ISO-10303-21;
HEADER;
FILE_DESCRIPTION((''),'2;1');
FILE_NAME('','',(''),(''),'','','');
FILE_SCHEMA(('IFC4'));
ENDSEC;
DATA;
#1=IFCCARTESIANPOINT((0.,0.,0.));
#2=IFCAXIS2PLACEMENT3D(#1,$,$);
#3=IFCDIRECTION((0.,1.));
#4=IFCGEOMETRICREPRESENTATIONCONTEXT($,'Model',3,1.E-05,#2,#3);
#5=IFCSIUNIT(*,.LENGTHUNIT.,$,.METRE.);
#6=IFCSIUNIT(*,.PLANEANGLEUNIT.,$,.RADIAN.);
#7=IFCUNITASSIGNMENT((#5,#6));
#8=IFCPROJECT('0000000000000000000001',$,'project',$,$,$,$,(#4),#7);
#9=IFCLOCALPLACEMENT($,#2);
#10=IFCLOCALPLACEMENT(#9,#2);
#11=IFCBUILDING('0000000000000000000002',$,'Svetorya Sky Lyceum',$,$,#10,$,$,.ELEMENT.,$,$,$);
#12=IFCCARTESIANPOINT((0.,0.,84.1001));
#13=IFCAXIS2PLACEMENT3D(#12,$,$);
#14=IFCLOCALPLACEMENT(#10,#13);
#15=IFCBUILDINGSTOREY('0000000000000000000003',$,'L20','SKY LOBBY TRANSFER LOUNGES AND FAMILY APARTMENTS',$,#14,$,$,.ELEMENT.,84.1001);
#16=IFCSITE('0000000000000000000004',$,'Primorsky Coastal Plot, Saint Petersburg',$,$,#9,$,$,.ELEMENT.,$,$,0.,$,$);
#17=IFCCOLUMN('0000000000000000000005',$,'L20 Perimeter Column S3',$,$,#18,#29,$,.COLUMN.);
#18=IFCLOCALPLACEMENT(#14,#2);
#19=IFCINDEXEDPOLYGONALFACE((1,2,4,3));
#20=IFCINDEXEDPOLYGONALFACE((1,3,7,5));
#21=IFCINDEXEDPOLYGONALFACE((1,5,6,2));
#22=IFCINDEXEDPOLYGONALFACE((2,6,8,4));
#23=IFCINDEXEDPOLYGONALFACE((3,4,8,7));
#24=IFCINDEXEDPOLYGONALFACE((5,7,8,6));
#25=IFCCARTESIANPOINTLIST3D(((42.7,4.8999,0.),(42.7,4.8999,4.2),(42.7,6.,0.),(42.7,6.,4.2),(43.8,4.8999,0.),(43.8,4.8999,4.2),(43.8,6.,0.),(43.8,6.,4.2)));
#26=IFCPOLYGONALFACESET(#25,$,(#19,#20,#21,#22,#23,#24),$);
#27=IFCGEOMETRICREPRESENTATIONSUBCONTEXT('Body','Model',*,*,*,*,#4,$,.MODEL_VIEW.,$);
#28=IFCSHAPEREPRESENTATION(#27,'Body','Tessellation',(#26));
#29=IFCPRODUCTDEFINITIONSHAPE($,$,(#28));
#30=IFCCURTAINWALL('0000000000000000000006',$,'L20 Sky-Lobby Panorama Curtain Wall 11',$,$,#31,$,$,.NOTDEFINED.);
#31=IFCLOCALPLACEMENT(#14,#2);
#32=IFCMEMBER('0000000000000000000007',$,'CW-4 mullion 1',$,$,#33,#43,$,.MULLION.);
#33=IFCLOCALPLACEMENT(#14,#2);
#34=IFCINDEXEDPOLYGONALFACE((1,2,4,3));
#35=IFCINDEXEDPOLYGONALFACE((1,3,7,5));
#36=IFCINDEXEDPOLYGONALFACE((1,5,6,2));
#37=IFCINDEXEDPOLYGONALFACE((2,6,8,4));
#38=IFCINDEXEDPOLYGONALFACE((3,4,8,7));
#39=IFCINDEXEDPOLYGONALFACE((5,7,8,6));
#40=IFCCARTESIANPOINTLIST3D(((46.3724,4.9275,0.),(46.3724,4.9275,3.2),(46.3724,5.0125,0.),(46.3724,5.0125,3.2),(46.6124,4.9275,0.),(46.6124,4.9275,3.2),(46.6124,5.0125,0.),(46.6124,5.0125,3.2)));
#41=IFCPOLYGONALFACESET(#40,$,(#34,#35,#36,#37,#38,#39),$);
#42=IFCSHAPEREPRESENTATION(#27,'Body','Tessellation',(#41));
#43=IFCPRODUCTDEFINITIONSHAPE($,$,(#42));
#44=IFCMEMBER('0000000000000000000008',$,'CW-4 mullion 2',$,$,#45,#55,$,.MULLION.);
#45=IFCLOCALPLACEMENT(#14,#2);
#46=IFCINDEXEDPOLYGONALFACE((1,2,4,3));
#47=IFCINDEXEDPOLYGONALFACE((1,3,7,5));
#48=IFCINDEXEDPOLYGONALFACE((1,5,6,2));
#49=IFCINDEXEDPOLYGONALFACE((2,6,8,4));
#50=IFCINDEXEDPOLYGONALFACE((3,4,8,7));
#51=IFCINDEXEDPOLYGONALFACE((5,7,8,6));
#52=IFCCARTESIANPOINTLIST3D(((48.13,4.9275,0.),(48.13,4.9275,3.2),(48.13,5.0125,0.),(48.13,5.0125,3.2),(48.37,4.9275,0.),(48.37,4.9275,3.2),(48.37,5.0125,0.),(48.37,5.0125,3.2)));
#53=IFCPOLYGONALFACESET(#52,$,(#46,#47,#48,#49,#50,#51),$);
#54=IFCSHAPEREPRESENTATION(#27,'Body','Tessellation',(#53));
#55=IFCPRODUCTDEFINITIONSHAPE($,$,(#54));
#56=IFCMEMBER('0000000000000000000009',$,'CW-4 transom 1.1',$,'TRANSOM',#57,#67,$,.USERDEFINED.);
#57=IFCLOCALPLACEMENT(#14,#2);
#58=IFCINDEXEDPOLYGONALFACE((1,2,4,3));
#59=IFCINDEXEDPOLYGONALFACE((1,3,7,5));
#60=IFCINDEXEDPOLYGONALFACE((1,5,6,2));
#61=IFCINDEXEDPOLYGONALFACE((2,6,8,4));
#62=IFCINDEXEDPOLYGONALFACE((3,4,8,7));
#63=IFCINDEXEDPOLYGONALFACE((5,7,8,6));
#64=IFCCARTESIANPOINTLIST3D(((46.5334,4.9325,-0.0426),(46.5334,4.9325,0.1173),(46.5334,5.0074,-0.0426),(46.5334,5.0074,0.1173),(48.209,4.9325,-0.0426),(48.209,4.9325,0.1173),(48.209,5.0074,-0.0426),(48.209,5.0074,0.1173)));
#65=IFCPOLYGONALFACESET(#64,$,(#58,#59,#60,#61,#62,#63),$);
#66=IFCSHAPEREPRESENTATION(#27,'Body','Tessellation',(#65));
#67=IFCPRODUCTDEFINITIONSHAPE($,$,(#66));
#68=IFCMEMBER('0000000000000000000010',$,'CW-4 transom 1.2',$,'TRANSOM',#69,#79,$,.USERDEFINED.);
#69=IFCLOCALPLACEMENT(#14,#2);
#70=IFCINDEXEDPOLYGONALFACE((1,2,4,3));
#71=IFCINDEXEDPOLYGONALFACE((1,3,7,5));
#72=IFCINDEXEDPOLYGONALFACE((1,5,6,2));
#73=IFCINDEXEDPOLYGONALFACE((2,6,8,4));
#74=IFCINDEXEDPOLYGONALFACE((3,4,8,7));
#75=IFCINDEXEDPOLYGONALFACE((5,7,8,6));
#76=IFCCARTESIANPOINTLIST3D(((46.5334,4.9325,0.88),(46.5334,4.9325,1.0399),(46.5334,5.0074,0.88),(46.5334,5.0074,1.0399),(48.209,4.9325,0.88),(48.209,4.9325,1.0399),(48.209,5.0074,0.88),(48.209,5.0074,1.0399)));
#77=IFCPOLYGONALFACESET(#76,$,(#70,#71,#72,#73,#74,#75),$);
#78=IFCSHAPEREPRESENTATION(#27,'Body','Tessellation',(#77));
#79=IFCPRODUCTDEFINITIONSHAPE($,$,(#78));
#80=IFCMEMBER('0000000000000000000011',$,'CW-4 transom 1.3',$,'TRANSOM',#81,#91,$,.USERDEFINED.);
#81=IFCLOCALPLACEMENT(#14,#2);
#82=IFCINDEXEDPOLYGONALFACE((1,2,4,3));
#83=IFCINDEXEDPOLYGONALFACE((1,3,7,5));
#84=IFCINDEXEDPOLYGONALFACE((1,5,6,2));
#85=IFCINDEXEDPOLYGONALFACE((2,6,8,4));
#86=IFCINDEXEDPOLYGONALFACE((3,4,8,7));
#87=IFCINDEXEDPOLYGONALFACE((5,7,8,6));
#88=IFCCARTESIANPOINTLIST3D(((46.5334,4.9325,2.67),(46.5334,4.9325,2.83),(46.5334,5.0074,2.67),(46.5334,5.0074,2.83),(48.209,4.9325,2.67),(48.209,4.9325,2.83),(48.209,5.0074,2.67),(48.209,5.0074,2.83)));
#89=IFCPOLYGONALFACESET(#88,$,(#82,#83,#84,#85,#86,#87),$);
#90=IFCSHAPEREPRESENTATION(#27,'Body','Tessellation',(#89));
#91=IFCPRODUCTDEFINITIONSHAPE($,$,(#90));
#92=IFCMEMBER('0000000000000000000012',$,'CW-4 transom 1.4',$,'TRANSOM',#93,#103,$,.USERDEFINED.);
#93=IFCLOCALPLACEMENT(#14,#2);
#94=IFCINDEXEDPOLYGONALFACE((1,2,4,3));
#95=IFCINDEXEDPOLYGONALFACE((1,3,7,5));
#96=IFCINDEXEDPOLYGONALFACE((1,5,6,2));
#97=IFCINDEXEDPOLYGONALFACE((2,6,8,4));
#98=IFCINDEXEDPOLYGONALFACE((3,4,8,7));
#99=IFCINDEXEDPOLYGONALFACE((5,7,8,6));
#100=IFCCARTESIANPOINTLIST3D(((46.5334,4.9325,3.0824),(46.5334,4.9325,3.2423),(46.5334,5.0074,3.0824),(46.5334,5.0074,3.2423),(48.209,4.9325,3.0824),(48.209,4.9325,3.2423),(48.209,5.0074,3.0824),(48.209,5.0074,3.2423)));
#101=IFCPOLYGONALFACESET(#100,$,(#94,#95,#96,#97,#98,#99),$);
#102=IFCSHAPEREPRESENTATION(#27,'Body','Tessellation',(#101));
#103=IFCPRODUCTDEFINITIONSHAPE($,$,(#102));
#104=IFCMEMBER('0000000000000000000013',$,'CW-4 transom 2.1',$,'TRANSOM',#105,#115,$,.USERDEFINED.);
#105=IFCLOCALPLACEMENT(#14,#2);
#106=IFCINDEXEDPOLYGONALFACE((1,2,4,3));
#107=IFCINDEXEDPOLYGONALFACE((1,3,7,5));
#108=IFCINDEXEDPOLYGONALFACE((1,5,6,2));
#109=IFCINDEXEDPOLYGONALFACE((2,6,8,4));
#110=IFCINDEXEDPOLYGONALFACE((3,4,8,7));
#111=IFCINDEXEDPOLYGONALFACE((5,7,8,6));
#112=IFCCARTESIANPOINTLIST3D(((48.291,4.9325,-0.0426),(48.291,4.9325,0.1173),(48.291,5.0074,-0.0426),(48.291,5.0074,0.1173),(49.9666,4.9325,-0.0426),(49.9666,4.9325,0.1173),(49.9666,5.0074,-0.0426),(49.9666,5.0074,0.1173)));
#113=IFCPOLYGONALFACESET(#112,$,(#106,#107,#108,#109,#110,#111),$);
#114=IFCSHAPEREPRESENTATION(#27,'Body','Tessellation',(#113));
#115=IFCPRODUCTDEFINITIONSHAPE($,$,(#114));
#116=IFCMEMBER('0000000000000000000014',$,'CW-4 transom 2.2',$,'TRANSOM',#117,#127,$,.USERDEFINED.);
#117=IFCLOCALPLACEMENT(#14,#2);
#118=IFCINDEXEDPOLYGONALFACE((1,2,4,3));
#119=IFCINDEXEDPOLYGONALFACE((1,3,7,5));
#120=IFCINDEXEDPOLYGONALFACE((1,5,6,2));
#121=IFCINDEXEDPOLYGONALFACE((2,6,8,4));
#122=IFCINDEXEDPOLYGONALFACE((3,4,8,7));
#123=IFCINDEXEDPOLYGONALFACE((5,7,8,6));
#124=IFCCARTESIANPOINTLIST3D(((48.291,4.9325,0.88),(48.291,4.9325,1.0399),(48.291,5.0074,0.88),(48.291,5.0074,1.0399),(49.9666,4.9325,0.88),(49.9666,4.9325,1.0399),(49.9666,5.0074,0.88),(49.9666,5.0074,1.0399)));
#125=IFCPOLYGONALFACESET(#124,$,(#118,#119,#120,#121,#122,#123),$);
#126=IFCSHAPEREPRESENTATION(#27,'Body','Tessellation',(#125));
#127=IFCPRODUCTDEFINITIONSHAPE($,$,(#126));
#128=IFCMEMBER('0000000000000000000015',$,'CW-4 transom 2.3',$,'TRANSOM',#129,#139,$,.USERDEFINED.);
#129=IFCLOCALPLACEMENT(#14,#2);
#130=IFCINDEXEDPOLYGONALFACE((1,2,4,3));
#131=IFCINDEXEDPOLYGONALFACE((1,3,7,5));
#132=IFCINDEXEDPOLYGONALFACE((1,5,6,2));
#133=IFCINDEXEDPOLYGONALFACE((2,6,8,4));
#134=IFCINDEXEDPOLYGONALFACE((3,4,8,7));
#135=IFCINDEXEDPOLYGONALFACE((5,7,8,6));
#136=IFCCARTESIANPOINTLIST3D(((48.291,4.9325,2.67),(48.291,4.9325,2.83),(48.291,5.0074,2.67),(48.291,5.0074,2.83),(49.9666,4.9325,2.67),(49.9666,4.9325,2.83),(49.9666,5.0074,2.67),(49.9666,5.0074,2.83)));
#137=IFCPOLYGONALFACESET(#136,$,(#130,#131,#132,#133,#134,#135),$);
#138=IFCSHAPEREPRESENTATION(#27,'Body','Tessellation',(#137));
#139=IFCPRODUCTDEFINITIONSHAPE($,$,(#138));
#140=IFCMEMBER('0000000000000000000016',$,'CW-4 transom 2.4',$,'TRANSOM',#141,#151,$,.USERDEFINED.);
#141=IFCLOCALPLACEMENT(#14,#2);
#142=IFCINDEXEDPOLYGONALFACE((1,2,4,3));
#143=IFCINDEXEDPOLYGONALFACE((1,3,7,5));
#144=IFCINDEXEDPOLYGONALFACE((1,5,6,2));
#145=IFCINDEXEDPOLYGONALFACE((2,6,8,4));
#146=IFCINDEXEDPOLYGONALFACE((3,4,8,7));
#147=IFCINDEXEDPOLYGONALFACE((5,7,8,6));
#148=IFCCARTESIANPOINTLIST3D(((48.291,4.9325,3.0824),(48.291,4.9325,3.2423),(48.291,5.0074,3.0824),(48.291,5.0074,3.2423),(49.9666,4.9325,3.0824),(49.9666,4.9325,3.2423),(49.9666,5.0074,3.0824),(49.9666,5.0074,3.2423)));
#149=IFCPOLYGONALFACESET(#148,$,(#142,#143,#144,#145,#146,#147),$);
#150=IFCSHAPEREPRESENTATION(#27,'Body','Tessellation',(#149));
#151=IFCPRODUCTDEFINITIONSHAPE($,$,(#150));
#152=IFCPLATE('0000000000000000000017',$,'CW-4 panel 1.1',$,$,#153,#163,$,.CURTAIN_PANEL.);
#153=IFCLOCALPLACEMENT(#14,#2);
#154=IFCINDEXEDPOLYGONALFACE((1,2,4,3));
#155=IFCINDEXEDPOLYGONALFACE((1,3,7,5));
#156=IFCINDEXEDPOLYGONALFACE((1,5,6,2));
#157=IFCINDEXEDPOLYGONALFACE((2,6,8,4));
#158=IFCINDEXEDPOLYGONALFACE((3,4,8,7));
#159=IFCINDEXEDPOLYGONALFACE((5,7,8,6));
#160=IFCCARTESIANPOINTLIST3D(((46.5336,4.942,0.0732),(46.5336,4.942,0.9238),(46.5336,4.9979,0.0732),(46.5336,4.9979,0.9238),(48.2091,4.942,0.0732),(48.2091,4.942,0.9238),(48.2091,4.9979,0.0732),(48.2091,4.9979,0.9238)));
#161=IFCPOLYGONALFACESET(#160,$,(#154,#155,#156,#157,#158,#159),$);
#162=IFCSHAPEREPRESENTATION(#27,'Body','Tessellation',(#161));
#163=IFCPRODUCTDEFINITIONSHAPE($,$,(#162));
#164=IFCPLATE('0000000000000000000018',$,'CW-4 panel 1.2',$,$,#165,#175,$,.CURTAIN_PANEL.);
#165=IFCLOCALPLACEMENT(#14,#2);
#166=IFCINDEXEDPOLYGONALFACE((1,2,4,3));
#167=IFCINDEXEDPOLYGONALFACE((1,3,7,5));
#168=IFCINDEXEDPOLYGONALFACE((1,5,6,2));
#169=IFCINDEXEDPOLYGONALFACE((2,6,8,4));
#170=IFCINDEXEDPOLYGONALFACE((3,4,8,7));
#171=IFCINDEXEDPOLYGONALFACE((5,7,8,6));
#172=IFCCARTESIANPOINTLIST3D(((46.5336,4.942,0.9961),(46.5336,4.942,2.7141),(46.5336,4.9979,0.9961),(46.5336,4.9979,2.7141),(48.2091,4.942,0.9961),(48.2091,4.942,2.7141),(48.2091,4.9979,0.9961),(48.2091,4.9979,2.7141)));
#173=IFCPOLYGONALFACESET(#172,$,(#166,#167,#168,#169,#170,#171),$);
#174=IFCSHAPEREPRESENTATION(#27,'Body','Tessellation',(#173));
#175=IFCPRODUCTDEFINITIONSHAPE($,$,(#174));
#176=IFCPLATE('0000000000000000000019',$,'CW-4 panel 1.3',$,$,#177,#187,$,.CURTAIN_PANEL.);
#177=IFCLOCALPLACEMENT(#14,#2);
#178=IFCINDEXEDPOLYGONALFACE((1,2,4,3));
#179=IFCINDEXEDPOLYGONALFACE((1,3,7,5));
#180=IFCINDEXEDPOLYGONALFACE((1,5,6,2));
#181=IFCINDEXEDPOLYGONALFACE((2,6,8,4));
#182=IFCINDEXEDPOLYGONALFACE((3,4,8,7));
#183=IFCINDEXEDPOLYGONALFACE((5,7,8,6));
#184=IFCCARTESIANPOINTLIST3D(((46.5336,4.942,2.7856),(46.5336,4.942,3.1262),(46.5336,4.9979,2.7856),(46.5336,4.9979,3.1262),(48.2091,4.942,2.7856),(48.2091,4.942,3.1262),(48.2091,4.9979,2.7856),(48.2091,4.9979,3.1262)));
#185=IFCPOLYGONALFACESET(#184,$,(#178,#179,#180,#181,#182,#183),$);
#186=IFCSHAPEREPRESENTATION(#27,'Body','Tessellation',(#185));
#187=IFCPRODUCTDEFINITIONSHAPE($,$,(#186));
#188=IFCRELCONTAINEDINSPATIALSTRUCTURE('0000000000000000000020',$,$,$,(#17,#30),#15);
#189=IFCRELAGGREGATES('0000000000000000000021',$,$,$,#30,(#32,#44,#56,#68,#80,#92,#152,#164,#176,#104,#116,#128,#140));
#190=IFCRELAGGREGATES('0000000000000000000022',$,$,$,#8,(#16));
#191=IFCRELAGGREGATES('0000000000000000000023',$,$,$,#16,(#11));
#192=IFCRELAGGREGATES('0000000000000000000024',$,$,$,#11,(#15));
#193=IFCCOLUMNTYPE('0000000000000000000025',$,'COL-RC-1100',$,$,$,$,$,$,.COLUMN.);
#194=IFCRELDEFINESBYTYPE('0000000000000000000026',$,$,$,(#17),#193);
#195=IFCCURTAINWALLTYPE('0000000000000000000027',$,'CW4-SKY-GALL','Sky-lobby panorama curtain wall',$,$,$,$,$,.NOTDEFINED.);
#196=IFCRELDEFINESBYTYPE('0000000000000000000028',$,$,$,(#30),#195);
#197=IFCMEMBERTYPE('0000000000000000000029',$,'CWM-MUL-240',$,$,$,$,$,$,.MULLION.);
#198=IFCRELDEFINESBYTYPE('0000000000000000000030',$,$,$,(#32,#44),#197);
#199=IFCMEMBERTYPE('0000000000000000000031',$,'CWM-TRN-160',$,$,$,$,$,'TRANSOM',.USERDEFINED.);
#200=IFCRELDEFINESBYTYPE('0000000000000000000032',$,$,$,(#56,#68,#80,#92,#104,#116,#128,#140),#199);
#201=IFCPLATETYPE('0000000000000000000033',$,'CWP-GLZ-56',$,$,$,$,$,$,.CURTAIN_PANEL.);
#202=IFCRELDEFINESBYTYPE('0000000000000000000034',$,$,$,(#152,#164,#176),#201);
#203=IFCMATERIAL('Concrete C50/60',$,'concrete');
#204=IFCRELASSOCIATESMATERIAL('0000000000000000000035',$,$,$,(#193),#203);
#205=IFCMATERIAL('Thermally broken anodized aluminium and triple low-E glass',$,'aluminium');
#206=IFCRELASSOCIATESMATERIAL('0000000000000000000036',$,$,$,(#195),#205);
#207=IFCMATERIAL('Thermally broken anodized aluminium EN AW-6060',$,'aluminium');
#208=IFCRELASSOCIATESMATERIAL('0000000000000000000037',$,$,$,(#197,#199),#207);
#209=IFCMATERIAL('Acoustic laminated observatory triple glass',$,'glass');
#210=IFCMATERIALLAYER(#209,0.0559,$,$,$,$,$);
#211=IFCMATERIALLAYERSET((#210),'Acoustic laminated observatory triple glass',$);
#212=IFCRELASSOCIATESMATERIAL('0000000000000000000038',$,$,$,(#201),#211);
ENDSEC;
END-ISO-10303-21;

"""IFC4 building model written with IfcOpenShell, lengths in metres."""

from ifc_helpers import new_model, si_unit, direction, frame, origin, origin_2d, place, context, subcontext, project, spatial, rectangle, extrude, material, layer, layer_set, material_profile, profile_set, type_object, element, aggregate, save


model = new_model("IFC4")

# Units and contexts
model_context = context("Model", 3, precision=1e-05, world=origin(), true_north=direction((0.0, 1.0)))
body_context = subcontext(model_context, "Body", "Model", "MODEL_VIEW")
ifc_project = project(units=[si_unit("LENGTHUNIT", "METRE"), si_unit("PLANEANGLEUNIT", "RADIAN")], contexts=[model_context])

# Site, building, storey
site_placement = place(None, origin())
site = spatial("IfcSite", under=ifc_project, at=site_placement, Name="Primorsky Coastal Plot, Saint Petersburg", CompositionType="ELEMENT", RefElevation=0.0)
building_placement = place(site_placement, origin())
building = spatial("IfcBuilding", under=site, at=building_placement, Name="Svetorya Sky Lyceum", CompositionType="ELEMENT")
storey_placement = place(building_placement, frame((0.0, 0.0, 84.1001)))
storey = spatial("IfcBuildingStorey", under=building, at=storey_placement, Name="L20", Description="SKY LOBBY TRANSFER LOUNGES AND FAMILY APARTMENTS", CompositionType="ELEMENT", Elevation=84.1001)

# Column
ifc_material_1 = material(Name="Concrete C50/60", Category="concrete")
ifc_material_profile_1 = material_profile(ifc_material_1, rectangle(XDim=1.1001, YDim=1.1001, at=origin_2d()), Name="RC COL 1100x1100")
ifc_profile_set_1 = profile_set([ifc_material_profile_1], Name="Concrete C50/60")
column_type = type_object("IfcColumnType", Name="COL-RC-1100", PredefinedType="COLUMN", material=ifc_profile_set_1)
column_placement = place(storey_placement, frame((43.25, 5.45, 0.0), z_axis=(0.0, 0.0, 1.0), x_axis=(1.0, 0.0, 0.0)))
element("IfcColumn", 1, at=column_placement, inside=storey, type_object=column_type, Name="L20 Perimeter Column S3", PredefinedType="COLUMN", context=body_context, shape_type="SweptSolid", body=[
    extrude(rectangle(XDim=1.1001, YDim=1.1001, at=origin_2d()), origin(), (0.0, 0.0, 1.0), 4.2),
])

# Curtain wall, members, plates
ifc_material_2 = material(Name="Thermally broken anodized aluminium and triple low-E glass", Category="aluminium")
curtain_wall_type = type_object("IfcCurtainWallType", Name="CW4-SKY-GALL", Description="Sky-lobby panorama curtain wall", PredefinedType="NOTDEFINED", material=ifc_material_2)
curtain_wall_placement = place(storey_placement, origin())
curtain_wall = element("IfcCurtainWall", 2, at=curtain_wall_placement, inside=storey, type_object=curtain_wall_type, Name="L20 Sky-Lobby Panorama Curtain Wall 11", PredefinedType="NOTDEFINED")
ifc_material_3 = material(Name="Thermally broken anodized aluminium EN AW-6060", Category="aluminium")
ifc_material_profile_2 = material_profile(ifc_material_3, rectangle(XDim=0.085, YDim=0.24, at=origin_2d()), Name="ALU MULLION 85x240")
ifc_profile_set_2 = profile_set([ifc_material_profile_2], Name="Thermally broken anodized aluminium EN AW-6060")
member_type_1 = type_object("IfcMemberType", Name="CWM-MUL-240", PredefinedType="MULLION", material=ifc_profile_set_2)
member_1_placement = place(storey_placement, frame((46.4924, 4.97, 0.0), z_axis=(0.0, 0.0, 1.0), x_axis=(0.0, 1.0, 0.0)))
member_1 = element("IfcMember", 3, at=member_1_placement, type_object=member_type_1, Name="CW-4 mullion 1", PredefinedType="MULLION", context=body_context, shape_type="SweptSolid", body=[
    extrude(rectangle(XDim=0.085, YDim=0.24, at=origin_2d()), origin(), (0.0, 0.0, 1.0), 3.2),
])
member_2_placement = place(storey_placement, frame((48.25, 4.97, 0.0), z_axis=(0.0, 0.0, 1.0), x_axis=(0.0, 1.0, 0.0)))
member_2 = element("IfcMember", 4, at=member_2_placement, type_object=member_type_1, Name="CW-4 mullion 2", PredefinedType="MULLION", context=body_context, shape_type="SweptSolid", body=[
    extrude(rectangle(XDim=0.085, YDim=0.24, at=origin_2d()), origin(), (0.0, 0.0, 1.0), 3.2),
])
ifc_material_profile_3 = material_profile(ifc_material_3, rectangle(XDim=0.075, YDim=0.1599, at=origin_2d()), Name="ALU TRANSOM 75x160")
ifc_profile_set_3 = profile_set([ifc_material_profile_3], Name="Thermally broken anodized aluminium EN AW-6060")
member_type_2 = type_object("IfcMemberType", Name="CWM-TRN-160", ElementType="TRANSOM", PredefinedType="USERDEFINED", material=ifc_profile_set_3)
member_3_placement = place(storey_placement, frame((46.5334, 4.97, 0.0374), z_axis=(1.0, 0.0, 0.0), x_axis=(0.0, 1.0, 0.0)))
member_3 = element("IfcMember", 5, at=member_3_placement, type_object=member_type_2, Name="CW-4 transom 1.1", ObjectType="TRANSOM", PredefinedType="USERDEFINED", context=body_context, shape_type="SweptSolid", body=[
    extrude(rectangle(XDim=0.075, YDim=0.1599, at=origin_2d()), origin(), (0.0, 0.0, 1.0), 1.6755),
])
member_4_placement = place(storey_placement, frame((46.5334, 4.97, 0.96), z_axis=(1.0, 0.0, 0.0), x_axis=(0.0, 1.0, 0.0)))
member_4 = element("IfcMember", 6, at=member_4_placement, type_object=member_type_2, Name="CW-4 transom 1.2", ObjectType="TRANSOM", PredefinedType="USERDEFINED", context=body_context, shape_type="SweptSolid", body=[
    extrude(rectangle(XDim=0.075, YDim=0.1599, at=origin_2d()), origin(), (0.0, 0.0, 1.0), 1.6755),
])
member_5_placement = place(storey_placement, frame((46.5334, 4.97, 2.75), z_axis=(1.0, 0.0, 0.0), x_axis=(0.0, 1.0, 0.0)))
member_5 = element("IfcMember", 7, at=member_5_placement, type_object=member_type_2, Name="CW-4 transom 1.3", ObjectType="TRANSOM", PredefinedType="USERDEFINED", context=body_context, shape_type="SweptSolid", body=[
    extrude(rectangle(XDim=0.075, YDim=0.1599, at=origin_2d()), origin(), (0.0, 0.0, 1.0), 1.6755),
])
member_6_placement = place(storey_placement, frame((46.5334, 4.97, 3.1624), z_axis=(1.0, 0.0, 0.0), x_axis=(0.0, 1.0, 0.0)))
member_6 = element("IfcMember", 8, at=member_6_placement, type_object=member_type_2, Name="CW-4 transom 1.4", ObjectType="TRANSOM", PredefinedType="USERDEFINED", context=body_context, shape_type="SweptSolid", body=[
    extrude(rectangle(XDim=0.075, YDim=0.1599, at=origin_2d()), origin(), (0.0, 0.0, 1.0), 1.6755),
])
member_7_placement = place(storey_placement, frame((48.291, 4.97, 0.0374), z_axis=(1.0, 0.0, 0.0), x_axis=(0.0, 1.0, 0.0)))
member_7 = element("IfcMember", 9, at=member_7_placement, type_object=member_type_2, Name="CW-4 transom 2.1", ObjectType="TRANSOM", PredefinedType="USERDEFINED", context=body_context, shape_type="SweptSolid", body=[
    extrude(rectangle(XDim=0.075, YDim=0.1599, at=origin_2d()), origin(), (0.0, 0.0, 1.0), 1.6755),
])
member_8_placement = place(storey_placement, frame((48.291, 4.97, 0.96), z_axis=(1.0, 0.0, 0.0), x_axis=(0.0, 1.0, 0.0)))
member_8 = element("IfcMember", 10, at=member_8_placement, type_object=member_type_2, Name="CW-4 transom 2.2", ObjectType="TRANSOM", PredefinedType="USERDEFINED", context=body_context, shape_type="SweptSolid", body=[
    extrude(rectangle(XDim=0.075, YDim=0.1599, at=origin_2d()), origin(), (0.0, 0.0, 1.0), 1.6755),
])
member_9_placement = place(storey_placement, frame((48.291, 4.97, 2.75), z_axis=(1.0, 0.0, 0.0), x_axis=(0.0, 1.0, 0.0)))
member_9 = element("IfcMember", 11, at=member_9_placement, type_object=member_type_2, Name="CW-4 transom 2.3", ObjectType="TRANSOM", PredefinedType="USERDEFINED", context=body_context, shape_type="SweptSolid", body=[
    extrude(rectangle(XDim=0.075, YDim=0.1599, at=origin_2d()), origin(), (0.0, 0.0, 1.0), 1.6755),
])
member_10_placement = place(storey_placement, frame((48.291, 4.97, 3.1624), z_axis=(1.0, 0.0, 0.0), x_axis=(0.0, 1.0, 0.0)))
member_10 = element("IfcMember", 12, at=member_10_placement, type_object=member_type_2, Name="CW-4 transom 2.4", ObjectType="TRANSOM", PredefinedType="USERDEFINED", context=body_context, shape_type="SweptSolid", body=[
    extrude(rectangle(XDim=0.075, YDim=0.1599, at=origin_2d()), origin(), (0.0, 0.0, 1.0), 1.6755),
])
ifc_material_4 = material(Name="Acoustic laminated observatory triple glass", Category="glass")
ifc_layer_1 = layer(ifc_material_4, 0.0559)
ifc_layer_set_1 = layer_set([ifc_layer_1], Name="Acoustic laminated observatory triple glass")
plate_type = type_object("IfcPlateType", Name="CWP-GLZ-56", PredefinedType="CURTAIN_PANEL", material=ifc_layer_set_1)
plate_1_placement = place(storey_placement, frame((47.3713, 4.97, 0.0732), z_axis=(0.0, 0.0, 1.0), x_axis=(1.0, 0.0, 0.0)))
plate_1 = element("IfcPlate", 13, at=plate_1_placement, type_object=plate_type, Name="CW-4 panel 1.1", PredefinedType="CURTAIN_PANEL", context=body_context, shape_type="SweptSolid", body=[
    extrude(rectangle(XDim=1.6755, YDim=0.0559, at=origin_2d()), origin(), (0.0, 0.0, 1.0), 0.8506),
])
plate_2_placement = place(storey_placement, frame((47.3713, 4.97, 0.9961), z_axis=(0.0, 0.0, 1.0), x_axis=(1.0, 0.0, 0.0)))
plate_2 = element("IfcPlate", 14, at=plate_2_placement, type_object=plate_type, Name="CW-4 panel 1.2", PredefinedType="CURTAIN_PANEL", context=body_context, shape_type="SweptSolid", body=[
    extrude(rectangle(XDim=1.6755, YDim=0.0559, at=origin_2d()), origin(), (0.0, 0.0, 1.0), 1.718),
])
plate_3_placement = place(storey_placement, frame((47.3713, 4.97, 2.7856), z_axis=(0.0, 0.0, 1.0), x_axis=(1.0, 0.0, 0.0)))
plate_3 = element("IfcPlate", 15, at=plate_3_placement, type_object=plate_type, Name="CW-4 panel 1.3", PredefinedType="CURTAIN_PANEL", context=body_context, shape_type="SweptSolid", body=[
    extrude(rectangle(XDim=1.6755, YDim=0.0559, at=origin_2d()), origin(), (0.0, 0.0, 1.0), 0.3406),
])
aggregate(curtain_wall, [member_1, member_2, member_3, member_4, member_5, member_6, plate_1, plate_2, plate_3, member_7, member_8, member_9, member_10])

save(model, "model.ifc")
